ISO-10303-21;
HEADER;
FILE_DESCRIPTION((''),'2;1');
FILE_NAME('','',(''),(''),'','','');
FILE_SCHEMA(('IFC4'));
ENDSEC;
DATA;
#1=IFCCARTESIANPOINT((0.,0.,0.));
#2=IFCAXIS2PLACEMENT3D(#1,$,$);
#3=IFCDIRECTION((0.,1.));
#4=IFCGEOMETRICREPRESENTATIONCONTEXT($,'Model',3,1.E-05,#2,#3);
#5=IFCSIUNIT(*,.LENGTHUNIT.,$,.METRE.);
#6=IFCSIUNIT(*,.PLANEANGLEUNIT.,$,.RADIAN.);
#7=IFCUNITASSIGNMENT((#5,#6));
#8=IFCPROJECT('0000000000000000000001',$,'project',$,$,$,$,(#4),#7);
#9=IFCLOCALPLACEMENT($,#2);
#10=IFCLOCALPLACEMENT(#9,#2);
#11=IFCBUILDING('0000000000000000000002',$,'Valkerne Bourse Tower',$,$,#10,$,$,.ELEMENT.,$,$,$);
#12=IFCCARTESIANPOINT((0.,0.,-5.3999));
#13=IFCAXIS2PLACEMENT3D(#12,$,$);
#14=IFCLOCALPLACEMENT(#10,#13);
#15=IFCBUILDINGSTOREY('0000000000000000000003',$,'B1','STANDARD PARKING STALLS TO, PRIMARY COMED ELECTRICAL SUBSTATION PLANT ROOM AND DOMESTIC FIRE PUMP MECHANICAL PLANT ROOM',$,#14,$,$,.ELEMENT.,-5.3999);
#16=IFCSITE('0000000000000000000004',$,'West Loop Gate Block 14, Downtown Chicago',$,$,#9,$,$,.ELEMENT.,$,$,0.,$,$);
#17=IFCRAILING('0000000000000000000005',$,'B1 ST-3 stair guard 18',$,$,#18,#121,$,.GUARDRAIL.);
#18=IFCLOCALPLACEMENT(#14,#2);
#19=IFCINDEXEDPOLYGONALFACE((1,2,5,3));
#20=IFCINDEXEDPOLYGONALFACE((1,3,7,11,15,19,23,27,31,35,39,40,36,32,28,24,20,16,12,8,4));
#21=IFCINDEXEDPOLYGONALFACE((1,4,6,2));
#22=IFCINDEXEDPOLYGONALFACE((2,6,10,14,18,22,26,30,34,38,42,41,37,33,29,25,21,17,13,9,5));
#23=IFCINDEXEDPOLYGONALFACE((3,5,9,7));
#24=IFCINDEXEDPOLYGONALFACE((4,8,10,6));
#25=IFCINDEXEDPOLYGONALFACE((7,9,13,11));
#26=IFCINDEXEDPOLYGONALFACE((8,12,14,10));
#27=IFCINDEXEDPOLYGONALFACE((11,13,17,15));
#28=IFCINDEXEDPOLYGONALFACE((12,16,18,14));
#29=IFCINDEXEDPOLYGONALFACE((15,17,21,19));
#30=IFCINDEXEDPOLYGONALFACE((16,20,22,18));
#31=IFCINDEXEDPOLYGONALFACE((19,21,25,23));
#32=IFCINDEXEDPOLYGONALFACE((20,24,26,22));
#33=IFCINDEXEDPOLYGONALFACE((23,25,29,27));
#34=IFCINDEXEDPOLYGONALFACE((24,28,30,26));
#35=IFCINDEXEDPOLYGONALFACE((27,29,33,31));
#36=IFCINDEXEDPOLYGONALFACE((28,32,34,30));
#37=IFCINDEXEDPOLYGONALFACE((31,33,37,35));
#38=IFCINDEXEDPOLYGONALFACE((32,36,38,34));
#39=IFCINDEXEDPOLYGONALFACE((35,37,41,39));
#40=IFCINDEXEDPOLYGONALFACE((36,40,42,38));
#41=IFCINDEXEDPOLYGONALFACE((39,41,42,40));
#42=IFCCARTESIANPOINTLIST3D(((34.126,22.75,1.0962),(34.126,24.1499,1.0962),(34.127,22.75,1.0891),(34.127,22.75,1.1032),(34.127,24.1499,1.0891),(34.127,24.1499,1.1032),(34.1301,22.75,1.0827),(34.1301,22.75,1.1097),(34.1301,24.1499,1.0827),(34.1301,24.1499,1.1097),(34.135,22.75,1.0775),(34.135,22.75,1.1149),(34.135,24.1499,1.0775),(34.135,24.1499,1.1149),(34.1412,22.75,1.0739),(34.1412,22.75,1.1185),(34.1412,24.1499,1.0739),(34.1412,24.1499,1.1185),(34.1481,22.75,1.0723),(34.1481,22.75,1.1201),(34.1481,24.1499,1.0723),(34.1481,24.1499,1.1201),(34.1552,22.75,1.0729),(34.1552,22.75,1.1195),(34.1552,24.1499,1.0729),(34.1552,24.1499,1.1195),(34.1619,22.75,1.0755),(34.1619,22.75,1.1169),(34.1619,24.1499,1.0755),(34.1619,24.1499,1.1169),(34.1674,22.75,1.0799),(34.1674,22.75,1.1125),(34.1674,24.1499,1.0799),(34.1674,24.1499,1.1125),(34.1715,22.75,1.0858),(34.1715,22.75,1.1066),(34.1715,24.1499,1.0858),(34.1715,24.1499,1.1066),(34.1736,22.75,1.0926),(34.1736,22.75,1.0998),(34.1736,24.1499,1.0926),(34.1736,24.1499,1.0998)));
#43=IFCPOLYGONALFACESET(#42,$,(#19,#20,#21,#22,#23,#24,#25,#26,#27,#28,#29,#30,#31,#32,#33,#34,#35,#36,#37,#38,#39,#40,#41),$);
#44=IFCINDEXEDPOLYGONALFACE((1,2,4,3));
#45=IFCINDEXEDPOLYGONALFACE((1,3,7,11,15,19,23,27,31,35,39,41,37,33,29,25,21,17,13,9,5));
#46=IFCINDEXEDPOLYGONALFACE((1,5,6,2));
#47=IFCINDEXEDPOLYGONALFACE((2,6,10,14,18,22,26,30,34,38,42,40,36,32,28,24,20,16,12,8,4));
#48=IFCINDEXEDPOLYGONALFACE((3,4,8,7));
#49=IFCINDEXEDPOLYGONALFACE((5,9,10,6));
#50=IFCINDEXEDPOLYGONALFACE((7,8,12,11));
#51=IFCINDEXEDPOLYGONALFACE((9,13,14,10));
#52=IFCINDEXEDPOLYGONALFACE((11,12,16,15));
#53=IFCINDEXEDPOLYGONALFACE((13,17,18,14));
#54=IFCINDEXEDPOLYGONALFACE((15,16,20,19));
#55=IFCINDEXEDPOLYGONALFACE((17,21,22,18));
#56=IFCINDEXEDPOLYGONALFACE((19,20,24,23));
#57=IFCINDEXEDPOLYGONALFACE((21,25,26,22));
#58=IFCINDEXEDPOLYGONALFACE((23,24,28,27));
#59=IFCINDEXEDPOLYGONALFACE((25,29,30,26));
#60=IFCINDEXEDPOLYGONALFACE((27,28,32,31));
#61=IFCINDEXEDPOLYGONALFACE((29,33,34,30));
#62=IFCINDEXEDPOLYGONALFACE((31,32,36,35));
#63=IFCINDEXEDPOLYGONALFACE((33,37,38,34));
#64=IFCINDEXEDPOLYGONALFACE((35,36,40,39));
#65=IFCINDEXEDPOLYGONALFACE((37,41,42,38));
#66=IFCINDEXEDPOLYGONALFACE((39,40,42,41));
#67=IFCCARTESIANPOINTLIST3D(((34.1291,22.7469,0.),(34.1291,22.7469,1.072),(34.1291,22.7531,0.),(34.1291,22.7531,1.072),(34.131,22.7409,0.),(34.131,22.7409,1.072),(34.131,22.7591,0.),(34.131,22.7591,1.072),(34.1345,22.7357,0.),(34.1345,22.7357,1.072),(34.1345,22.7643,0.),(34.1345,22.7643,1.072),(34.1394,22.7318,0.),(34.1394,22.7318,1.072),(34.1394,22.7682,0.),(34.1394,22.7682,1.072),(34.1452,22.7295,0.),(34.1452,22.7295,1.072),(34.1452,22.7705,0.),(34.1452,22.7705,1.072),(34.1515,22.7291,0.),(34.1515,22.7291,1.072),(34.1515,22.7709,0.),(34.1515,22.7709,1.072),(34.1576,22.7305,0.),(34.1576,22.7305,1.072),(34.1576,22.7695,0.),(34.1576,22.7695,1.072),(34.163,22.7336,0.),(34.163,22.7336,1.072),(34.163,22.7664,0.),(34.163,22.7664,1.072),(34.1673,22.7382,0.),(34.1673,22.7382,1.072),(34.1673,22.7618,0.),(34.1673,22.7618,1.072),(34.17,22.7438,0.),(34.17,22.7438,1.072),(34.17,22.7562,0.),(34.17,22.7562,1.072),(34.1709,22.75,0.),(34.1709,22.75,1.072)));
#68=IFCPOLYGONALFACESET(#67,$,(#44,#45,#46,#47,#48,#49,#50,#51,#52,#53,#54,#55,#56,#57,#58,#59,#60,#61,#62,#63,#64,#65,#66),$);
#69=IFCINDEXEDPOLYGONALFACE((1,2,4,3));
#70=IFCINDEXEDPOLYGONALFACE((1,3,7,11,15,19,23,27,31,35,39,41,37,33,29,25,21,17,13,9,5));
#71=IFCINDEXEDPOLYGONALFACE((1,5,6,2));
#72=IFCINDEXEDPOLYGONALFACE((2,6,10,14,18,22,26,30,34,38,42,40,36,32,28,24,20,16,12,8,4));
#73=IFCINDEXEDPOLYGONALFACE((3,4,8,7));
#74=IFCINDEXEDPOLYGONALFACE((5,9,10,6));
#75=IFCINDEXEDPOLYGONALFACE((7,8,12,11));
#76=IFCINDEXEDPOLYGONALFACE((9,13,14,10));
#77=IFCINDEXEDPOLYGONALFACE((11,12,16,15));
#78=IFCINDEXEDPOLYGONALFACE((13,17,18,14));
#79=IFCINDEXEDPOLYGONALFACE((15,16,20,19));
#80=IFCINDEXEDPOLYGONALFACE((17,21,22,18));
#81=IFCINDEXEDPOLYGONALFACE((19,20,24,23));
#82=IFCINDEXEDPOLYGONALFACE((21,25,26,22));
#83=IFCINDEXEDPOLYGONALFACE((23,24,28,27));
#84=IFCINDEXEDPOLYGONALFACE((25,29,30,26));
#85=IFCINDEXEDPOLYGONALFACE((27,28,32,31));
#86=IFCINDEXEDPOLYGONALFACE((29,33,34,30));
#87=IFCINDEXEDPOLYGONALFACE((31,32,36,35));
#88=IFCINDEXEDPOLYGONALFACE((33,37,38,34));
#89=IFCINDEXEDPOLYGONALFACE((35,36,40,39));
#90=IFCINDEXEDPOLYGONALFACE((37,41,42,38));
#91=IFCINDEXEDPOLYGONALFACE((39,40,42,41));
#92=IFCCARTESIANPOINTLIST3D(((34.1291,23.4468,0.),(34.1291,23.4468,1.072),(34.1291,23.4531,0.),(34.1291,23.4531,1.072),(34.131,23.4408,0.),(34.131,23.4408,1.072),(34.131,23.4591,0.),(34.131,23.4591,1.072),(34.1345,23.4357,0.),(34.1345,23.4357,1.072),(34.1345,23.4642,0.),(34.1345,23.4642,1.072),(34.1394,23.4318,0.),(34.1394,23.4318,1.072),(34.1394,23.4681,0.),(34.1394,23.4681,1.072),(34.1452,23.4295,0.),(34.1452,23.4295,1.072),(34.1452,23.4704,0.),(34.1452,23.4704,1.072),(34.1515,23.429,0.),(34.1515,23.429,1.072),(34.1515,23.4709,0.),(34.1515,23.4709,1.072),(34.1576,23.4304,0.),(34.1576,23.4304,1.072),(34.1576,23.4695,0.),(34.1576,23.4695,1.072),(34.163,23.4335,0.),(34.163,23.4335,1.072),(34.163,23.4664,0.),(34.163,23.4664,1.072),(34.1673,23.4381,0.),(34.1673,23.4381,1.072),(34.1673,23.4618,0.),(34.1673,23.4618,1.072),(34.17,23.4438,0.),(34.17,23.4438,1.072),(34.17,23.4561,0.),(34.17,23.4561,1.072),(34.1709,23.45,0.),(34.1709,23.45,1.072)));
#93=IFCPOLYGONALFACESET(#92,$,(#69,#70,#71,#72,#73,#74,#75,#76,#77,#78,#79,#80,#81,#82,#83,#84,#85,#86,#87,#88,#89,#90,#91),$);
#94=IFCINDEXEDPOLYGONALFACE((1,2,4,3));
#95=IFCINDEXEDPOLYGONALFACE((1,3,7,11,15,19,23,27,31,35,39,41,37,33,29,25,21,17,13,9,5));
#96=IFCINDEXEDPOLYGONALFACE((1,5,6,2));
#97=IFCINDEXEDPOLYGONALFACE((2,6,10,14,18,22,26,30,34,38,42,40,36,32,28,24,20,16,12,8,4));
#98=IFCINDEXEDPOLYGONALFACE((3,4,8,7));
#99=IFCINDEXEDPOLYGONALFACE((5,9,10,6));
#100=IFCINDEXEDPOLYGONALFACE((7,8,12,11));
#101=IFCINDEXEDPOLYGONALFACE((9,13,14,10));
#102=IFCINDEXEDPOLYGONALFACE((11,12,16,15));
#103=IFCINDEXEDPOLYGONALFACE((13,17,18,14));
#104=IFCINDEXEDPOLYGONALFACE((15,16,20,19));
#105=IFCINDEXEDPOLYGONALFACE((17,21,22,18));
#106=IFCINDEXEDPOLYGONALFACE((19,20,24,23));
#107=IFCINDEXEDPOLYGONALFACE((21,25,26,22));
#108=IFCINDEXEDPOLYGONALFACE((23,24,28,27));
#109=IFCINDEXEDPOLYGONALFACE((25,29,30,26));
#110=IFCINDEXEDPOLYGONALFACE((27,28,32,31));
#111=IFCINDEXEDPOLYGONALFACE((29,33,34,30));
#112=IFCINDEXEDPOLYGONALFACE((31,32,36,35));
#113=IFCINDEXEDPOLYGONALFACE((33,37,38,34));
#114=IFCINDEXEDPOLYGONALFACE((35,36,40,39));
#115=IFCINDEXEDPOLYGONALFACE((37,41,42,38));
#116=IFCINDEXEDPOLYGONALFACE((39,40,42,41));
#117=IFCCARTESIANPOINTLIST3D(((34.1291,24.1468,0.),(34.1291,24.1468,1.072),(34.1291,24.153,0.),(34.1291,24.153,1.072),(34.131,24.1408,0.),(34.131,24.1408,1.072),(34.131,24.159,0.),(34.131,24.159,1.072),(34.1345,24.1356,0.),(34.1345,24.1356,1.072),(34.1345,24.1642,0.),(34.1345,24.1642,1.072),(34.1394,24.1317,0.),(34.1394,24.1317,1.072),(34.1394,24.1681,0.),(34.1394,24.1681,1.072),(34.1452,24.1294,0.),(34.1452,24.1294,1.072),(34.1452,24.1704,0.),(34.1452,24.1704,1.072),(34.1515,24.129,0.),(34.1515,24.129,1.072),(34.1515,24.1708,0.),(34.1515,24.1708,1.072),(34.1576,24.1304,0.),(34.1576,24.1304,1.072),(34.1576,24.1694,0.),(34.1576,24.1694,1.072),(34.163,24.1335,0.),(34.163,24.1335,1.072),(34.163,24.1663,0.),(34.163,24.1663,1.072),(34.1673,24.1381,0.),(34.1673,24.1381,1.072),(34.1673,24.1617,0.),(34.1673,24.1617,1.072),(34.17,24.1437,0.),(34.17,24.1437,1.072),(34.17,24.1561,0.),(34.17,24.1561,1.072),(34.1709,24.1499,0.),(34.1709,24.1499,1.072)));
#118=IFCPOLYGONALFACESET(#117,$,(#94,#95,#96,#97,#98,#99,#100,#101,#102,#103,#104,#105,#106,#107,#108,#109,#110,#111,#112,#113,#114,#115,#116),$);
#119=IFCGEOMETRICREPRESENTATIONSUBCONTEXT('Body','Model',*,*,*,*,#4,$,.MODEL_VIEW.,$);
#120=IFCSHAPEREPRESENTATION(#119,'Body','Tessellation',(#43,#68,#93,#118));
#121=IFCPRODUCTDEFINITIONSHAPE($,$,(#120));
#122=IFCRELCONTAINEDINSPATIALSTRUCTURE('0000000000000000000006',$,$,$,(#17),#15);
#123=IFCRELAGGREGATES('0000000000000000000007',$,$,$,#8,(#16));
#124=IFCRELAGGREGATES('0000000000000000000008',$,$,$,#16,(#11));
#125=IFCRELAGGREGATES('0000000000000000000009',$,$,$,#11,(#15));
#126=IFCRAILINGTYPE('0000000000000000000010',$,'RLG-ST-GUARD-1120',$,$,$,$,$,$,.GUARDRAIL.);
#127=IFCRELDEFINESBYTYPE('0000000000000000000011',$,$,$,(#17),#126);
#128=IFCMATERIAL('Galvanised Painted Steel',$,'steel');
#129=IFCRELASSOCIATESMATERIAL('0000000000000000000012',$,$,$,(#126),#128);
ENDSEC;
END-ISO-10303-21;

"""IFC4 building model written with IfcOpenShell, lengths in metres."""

from ifc_helpers import new_model, si_unit, direction, frame, origin, origin_2d, place, context, subcontext, project, spatial, circle, extrude, material, type_object, element, save


model = new_model("IFC4")

# Units and contexts
model_context = context("Model", 3, precision=1e-05, world=origin(), true_north=direction((0.0, 1.0)))
body_context = subcontext(model_context, "Body", "Model", "MODEL_VIEW")
ifc_project = project(units=[si_unit("LENGTHUNIT", "METRE"), si_unit("PLANEANGLEUNIT", "RADIAN")], contexts=[model_context])

# Site, building, storey
site_placement = place(None, origin())
site = spatial("IfcSite", under=ifc_project, at=site_placement, Name="West Loop Gate Block 14, Downtown Chicago", CompositionType="ELEMENT", RefElevation=0.0)
building_placement = place(site_placement, origin())
building = spatial("IfcBuilding", under=site, at=building_placement, Name="Valkerne Bourse Tower", CompositionType="ELEMENT")
storey_placement = place(building_placement, frame((0.0, 0.0, -5.3999)))
storey = spatial("IfcBuildingStorey", under=building, at=storey_placement, Name="B1", Description="STANDARD PARKING STALLS TO, PRIMARY COMED ELECTRICAL SUBSTATION PLANT ROOM AND DOMESTIC FIRE PUMP MECHANICAL PLANT ROOM", CompositionType="ELEMENT", Elevation=-5.3999)

# Shared definitions
ifc_material_1 = material(Name="Galvanised Painted Steel", Category="steel")

# Railing
railing_type_1 = type_object("IfcRailingType", Name="RLG-ST-GUARD-1120", PredefinedType="GUARDRAIL", material=ifc_material_1)
for number, where, name in (
    (1, (34.1499, 22.75, 0.0), "B1 ST-3 stair guard 18"),
):
    element("IfcRailing", number, at=place(storey_placement, frame(where)), inside=storey, type_object=railing_type_1, Name=name, PredefinedType="GUARDRAIL", context=body_context, shape_type="SweptSolid", body=[
        extrude(circle(Radius=0.0239, at=origin_2d()), frame((0.0, 0.0, 1.0962), z_axis=(0.0, 1.0, 0.0), x_axis=(-1.0, 0.0, 0.0)), (0.0, 0.0, 1.0), 1.3999),
        extrude(circle(Radius=0.021, at=origin_2d()), origin(), (0.0, 0.0, 1.0), 1.072),
        extrude(circle(Radius=0.021, at=origin_2d()), frame((0.0, 0.7, 0.0)), (0.0, 0.0, 1.0), 1.072),
        extrude(circle(Radius=0.021, at=origin_2d()), frame((0.0, 1.3999, 0.0)), (0.0, 0.0, 1.0), 1.072),
    ])

save(model, "model.ifc")
